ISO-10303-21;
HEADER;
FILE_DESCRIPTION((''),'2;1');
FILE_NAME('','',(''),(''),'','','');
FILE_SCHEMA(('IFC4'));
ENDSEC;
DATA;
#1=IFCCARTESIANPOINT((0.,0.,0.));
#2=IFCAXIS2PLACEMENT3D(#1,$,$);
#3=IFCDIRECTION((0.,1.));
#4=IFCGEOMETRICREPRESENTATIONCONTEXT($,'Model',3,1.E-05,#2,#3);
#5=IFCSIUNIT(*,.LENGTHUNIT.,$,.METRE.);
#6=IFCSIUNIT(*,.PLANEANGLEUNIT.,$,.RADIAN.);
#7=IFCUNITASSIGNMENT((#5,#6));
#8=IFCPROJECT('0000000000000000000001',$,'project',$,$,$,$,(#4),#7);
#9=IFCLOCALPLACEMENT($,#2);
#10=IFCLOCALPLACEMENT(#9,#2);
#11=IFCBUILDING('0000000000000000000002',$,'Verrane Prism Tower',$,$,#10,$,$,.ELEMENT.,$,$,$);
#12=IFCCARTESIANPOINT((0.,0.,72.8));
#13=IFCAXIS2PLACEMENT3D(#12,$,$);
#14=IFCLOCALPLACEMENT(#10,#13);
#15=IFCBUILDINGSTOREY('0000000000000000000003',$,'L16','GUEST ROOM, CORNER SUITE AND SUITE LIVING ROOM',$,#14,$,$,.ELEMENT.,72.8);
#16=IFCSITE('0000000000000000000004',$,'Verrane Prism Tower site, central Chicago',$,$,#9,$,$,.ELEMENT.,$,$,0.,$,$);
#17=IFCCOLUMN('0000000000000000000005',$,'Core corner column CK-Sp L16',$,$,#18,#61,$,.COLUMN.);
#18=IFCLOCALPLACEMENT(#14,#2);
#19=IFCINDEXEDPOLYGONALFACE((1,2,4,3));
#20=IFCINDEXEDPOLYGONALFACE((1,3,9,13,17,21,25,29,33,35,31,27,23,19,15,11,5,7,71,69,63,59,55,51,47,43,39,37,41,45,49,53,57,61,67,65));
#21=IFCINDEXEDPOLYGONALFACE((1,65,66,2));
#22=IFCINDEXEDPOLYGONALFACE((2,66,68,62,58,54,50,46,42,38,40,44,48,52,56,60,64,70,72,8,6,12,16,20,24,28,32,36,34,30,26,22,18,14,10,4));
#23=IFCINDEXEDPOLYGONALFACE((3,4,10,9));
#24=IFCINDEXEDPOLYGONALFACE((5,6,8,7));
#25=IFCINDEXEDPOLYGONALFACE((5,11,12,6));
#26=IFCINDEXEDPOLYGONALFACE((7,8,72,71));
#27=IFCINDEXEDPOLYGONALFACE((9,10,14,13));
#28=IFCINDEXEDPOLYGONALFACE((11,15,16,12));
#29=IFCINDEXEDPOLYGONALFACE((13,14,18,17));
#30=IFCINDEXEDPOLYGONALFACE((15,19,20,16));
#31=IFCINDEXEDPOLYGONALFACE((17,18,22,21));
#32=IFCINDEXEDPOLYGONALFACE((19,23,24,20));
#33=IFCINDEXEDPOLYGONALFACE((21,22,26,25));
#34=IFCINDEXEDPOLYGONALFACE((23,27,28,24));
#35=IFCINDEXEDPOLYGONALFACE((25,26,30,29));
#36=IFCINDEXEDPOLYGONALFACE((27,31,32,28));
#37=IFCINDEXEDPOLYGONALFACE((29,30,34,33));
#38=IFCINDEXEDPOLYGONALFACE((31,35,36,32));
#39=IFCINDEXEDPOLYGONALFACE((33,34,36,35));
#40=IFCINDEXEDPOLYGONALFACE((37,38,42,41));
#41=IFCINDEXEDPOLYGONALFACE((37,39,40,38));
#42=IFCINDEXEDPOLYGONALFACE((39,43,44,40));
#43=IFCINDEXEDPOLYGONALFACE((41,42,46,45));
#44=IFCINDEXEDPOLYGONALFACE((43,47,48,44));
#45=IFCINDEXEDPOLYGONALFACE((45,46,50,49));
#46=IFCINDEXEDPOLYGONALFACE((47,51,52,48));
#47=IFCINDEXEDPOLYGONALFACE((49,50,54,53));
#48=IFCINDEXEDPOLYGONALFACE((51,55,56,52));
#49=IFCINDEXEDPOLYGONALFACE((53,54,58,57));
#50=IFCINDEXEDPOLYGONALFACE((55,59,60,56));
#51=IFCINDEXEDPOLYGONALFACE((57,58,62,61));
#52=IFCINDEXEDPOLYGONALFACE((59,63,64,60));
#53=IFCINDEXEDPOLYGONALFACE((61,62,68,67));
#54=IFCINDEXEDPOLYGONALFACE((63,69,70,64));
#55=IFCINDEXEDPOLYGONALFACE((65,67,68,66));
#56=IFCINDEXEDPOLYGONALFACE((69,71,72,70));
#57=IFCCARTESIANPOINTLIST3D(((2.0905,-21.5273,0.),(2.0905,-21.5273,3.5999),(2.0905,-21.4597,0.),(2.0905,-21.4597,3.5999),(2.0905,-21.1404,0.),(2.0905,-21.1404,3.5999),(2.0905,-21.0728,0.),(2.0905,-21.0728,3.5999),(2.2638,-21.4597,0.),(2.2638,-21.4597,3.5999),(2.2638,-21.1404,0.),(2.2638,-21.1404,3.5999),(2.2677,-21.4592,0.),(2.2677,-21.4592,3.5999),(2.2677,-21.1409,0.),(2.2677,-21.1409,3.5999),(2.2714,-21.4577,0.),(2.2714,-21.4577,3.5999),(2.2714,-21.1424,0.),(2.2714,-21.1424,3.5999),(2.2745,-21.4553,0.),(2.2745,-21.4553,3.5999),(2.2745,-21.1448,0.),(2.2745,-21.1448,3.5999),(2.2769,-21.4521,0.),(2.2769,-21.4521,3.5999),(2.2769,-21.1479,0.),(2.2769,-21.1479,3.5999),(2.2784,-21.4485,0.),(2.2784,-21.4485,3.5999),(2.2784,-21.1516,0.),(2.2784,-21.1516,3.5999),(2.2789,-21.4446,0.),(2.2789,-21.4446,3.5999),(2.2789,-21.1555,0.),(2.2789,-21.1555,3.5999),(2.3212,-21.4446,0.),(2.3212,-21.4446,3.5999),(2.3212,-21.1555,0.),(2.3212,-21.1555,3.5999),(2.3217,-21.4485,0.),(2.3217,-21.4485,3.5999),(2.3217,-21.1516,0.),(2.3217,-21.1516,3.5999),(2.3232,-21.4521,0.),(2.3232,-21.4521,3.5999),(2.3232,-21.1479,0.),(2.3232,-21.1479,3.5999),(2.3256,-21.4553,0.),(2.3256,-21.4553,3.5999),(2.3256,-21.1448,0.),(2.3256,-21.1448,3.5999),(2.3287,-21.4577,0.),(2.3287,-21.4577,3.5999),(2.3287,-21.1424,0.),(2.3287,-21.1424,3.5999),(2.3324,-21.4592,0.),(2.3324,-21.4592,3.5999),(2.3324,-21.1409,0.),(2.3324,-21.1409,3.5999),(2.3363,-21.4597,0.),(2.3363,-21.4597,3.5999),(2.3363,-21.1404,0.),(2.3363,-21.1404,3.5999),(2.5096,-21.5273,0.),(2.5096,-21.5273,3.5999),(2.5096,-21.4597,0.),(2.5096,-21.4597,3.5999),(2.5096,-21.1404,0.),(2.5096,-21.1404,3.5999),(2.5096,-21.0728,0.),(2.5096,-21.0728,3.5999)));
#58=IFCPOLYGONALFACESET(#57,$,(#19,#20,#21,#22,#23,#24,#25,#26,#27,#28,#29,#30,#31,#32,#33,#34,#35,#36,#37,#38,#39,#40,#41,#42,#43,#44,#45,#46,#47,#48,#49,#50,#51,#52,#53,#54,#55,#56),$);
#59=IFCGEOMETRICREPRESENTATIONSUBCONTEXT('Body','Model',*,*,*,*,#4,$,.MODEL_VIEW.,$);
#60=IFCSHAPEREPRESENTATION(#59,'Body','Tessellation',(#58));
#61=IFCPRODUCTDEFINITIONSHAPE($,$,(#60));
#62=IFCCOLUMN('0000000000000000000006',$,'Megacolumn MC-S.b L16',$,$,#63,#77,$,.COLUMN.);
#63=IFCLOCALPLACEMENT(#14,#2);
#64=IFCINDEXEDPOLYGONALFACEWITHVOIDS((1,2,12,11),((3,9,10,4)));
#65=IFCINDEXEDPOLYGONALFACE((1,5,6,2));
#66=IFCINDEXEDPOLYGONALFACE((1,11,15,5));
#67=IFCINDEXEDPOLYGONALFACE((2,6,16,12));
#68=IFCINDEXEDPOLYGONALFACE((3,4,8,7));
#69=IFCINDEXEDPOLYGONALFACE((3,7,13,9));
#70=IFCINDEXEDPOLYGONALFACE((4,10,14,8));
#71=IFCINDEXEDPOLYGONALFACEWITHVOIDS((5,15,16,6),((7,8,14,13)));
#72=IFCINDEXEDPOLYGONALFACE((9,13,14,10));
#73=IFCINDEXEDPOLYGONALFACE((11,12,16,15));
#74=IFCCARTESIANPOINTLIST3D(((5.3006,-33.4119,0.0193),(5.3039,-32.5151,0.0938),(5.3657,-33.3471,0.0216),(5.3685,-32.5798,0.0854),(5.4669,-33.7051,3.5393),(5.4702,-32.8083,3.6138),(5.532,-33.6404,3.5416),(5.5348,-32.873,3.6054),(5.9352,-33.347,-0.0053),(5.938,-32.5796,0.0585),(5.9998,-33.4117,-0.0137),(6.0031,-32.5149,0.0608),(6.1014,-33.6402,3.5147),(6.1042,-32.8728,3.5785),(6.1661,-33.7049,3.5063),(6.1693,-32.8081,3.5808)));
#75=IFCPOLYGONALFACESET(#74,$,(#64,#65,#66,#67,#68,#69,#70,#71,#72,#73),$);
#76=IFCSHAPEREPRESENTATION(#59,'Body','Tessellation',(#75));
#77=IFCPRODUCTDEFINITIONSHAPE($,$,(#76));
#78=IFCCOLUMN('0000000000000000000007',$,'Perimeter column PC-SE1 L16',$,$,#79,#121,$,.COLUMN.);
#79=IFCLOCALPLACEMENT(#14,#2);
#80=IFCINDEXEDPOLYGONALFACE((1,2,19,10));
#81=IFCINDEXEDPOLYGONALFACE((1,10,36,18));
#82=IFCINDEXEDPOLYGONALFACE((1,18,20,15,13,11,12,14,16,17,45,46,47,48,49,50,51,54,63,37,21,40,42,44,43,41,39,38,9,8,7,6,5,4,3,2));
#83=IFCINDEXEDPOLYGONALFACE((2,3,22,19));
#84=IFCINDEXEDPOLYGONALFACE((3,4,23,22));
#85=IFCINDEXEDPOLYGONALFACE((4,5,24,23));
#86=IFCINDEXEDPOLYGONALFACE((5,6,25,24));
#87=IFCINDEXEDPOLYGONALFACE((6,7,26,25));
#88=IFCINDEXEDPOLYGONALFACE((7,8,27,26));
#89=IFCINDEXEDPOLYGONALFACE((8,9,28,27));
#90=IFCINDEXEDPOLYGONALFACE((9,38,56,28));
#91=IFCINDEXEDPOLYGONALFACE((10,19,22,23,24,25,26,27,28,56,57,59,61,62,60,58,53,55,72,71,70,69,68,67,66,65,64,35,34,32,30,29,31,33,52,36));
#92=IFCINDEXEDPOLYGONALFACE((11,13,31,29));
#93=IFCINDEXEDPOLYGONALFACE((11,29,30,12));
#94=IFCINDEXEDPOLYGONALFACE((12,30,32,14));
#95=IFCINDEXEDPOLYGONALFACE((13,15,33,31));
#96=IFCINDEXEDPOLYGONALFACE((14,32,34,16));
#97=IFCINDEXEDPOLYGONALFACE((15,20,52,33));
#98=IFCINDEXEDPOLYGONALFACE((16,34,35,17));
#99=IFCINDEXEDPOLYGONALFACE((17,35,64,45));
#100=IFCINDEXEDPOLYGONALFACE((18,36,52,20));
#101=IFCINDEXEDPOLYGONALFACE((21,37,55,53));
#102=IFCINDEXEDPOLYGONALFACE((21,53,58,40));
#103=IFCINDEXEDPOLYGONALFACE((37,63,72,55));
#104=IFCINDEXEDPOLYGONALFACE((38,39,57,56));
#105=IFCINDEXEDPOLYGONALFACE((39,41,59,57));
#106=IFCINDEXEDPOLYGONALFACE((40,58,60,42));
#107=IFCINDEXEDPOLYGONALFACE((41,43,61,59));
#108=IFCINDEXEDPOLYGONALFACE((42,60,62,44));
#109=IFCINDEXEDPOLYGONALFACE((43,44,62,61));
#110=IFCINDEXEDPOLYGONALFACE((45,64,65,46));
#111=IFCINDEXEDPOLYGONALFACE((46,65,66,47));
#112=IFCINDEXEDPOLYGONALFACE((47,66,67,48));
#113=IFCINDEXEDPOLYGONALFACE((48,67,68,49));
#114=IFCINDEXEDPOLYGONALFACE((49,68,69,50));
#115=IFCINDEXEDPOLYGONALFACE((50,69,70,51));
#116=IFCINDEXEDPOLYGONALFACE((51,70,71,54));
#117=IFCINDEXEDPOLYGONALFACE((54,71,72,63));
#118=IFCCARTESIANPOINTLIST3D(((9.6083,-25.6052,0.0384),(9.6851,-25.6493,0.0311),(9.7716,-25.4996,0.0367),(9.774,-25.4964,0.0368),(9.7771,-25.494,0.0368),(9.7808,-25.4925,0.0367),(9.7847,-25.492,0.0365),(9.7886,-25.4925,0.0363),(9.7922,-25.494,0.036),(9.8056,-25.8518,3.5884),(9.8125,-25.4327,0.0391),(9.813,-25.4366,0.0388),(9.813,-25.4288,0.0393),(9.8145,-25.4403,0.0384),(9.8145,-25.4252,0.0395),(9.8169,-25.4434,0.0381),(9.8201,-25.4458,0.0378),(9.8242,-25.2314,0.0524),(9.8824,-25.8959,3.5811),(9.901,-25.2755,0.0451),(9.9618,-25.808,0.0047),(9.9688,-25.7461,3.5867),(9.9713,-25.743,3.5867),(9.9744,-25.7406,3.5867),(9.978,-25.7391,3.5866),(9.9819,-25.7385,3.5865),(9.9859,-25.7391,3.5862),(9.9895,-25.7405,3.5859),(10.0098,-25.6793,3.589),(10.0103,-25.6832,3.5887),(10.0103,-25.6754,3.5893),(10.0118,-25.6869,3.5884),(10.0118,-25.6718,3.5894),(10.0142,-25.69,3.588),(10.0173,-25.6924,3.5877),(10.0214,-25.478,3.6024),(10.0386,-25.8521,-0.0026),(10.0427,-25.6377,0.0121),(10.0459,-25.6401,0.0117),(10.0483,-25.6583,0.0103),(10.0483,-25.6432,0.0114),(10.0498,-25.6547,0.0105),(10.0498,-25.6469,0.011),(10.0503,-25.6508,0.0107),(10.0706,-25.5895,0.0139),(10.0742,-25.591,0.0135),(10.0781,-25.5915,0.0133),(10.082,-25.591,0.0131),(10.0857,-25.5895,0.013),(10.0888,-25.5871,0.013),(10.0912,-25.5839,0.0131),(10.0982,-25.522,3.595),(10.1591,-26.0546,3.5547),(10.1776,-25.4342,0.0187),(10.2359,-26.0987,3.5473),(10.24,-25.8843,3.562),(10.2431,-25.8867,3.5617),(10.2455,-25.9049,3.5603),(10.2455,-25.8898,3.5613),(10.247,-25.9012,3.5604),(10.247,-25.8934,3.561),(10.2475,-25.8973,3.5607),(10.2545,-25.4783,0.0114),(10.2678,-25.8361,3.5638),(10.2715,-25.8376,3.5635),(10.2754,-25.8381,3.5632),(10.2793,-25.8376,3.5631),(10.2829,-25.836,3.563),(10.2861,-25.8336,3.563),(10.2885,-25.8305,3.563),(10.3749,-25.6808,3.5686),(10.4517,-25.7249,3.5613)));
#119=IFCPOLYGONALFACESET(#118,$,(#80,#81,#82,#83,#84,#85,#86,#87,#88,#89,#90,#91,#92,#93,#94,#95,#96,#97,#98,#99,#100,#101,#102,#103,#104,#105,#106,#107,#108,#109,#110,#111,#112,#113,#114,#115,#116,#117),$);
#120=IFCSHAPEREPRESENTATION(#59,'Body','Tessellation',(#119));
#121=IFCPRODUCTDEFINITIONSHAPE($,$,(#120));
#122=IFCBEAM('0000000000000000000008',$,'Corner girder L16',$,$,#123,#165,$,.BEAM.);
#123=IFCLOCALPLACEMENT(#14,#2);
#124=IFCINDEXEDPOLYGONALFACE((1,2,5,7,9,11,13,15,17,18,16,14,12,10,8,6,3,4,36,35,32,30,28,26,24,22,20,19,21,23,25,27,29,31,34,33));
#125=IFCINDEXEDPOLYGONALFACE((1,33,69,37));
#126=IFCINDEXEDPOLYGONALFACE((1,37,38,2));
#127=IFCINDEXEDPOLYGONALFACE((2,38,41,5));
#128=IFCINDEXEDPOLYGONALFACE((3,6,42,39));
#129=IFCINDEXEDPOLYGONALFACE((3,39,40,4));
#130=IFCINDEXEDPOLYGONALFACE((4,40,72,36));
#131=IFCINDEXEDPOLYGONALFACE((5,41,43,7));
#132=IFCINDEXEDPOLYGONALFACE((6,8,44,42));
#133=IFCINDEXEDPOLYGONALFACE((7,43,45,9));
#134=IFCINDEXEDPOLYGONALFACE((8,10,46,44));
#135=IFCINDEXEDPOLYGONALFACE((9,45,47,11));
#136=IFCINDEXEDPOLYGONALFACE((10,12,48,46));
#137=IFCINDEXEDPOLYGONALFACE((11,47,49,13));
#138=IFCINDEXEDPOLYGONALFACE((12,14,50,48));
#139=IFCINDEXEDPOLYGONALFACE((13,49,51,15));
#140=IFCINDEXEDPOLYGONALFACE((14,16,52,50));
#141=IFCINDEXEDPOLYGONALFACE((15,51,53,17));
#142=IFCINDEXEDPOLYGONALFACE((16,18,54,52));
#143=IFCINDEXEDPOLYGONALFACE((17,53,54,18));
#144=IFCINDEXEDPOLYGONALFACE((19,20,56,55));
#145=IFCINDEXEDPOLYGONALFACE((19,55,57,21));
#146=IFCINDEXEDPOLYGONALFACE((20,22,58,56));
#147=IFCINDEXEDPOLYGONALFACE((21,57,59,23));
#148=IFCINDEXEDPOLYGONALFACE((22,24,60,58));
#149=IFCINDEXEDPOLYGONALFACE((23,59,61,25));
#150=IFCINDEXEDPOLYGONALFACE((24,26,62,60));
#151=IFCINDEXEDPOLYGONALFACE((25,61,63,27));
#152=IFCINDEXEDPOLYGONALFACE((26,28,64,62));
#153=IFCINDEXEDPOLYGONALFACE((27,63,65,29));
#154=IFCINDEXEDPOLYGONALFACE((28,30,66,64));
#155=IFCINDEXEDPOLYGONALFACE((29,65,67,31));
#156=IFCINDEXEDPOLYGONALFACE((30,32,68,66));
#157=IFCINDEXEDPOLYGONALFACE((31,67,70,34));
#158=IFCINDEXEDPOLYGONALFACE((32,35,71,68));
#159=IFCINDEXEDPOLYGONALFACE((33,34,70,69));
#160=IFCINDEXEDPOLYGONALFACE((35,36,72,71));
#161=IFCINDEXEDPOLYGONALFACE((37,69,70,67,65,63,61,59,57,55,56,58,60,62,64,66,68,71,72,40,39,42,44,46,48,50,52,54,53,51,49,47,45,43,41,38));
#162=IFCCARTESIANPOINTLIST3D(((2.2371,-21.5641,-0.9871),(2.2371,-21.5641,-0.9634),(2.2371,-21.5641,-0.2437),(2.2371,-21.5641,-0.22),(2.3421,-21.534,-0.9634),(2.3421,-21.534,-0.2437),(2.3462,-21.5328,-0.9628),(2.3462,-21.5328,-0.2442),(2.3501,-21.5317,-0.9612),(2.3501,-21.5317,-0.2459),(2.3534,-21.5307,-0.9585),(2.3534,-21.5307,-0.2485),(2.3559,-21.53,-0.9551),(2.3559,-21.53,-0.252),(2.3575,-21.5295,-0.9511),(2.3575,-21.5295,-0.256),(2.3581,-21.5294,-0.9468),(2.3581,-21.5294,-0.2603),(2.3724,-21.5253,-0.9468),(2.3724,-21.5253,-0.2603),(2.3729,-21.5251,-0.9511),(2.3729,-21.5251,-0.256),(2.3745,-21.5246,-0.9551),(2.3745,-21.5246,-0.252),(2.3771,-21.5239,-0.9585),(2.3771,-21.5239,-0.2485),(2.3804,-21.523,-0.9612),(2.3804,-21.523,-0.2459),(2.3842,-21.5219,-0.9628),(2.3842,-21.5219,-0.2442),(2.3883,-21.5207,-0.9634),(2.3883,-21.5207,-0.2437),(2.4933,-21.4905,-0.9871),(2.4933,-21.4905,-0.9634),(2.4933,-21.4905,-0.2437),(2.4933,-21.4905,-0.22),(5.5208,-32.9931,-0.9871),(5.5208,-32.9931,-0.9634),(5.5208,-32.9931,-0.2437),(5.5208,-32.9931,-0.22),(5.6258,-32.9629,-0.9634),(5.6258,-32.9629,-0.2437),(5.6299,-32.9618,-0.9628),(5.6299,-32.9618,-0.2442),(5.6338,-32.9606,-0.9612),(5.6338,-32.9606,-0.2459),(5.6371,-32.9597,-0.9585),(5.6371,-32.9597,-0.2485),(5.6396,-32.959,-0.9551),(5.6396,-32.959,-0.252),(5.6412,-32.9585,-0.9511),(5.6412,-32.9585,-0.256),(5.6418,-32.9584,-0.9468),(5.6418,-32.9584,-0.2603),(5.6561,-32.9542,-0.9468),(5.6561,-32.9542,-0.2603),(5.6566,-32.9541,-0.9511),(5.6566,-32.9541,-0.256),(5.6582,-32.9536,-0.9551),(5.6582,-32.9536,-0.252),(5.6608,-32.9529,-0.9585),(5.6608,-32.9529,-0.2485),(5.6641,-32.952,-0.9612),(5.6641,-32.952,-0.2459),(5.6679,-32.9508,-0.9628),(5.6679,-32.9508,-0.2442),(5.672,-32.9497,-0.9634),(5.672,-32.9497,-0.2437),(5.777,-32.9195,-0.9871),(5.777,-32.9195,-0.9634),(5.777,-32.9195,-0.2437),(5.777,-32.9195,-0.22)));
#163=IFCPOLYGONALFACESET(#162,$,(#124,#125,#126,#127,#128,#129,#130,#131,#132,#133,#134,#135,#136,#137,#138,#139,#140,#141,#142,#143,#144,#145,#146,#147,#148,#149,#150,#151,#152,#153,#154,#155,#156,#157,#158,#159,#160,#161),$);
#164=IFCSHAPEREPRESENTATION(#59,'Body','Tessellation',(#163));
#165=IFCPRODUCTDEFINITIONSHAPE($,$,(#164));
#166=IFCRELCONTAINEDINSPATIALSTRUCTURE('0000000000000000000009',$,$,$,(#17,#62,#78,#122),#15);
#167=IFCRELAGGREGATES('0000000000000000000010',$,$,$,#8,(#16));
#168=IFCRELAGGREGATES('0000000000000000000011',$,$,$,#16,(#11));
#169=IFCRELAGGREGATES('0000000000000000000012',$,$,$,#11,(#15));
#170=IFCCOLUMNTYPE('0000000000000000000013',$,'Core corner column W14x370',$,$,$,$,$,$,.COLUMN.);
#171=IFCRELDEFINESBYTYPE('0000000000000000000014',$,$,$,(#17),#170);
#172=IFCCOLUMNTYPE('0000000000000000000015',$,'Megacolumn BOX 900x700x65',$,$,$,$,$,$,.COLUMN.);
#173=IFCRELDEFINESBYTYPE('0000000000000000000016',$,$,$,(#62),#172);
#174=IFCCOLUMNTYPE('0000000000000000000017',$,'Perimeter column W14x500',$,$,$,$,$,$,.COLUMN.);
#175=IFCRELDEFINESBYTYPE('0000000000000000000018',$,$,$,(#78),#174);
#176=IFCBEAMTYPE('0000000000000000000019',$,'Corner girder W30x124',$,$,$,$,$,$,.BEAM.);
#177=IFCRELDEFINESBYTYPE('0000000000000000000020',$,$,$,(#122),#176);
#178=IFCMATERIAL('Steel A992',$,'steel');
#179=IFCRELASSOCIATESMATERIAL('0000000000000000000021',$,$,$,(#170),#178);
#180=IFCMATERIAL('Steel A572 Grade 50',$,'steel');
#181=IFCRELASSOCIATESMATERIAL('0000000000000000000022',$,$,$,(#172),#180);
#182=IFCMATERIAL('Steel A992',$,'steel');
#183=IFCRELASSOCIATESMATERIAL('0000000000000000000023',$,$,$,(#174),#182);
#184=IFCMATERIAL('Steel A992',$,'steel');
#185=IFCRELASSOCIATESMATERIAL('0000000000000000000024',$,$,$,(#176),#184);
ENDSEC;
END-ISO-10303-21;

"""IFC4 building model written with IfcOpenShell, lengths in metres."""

from ifc_helpers import new_model, si_unit, direction, frame, origin, origin_2d, place, context, subcontext, project, spatial, hollow_rectangle, i_section, extrude, material, material_profile, profile_set, type_object, element, save


model = new_model("IFC4")

# Units and contexts
model_context = context("Model", 3, precision=1e-05, world=origin(), true_north=direction((0.0, 1.0)))
body_context = subcontext(model_context, "Body", "Model", "MODEL_VIEW")
ifc_project = project(units=[si_unit("LENGTHUNIT", "METRE"), si_unit("PLANEANGLEUNIT", "RADIAN")], contexts=[model_context])

# Site, building, storey
site_placement = place(None, origin())
site = spatial("IfcSite", under=ifc_project, at=site_placement, Name="Verrane Prism Tower site, central Chicago", CompositionType="ELEMENT", RefElevation=0.0)
building_placement = place(site_placement, origin())
building = spatial("IfcBuilding", under=site, at=building_placement, Name="Verrane Prism Tower", CompositionType="ELEMENT")
storey_placement = place(building_placement, frame((0.0, 0.0, 72.8)))
storey = spatial("IfcBuildingStorey", under=building, at=storey_placement, Name="L16", Description="GUEST ROOM, CORNER SUITE AND SUITE LIVING ROOM", CompositionType="ELEMENT", Elevation=72.8)

# Columns
ifc_material_1 = material(Name="Steel A992", Category="steel")
ifc_material_profile_1 = material_profile(ifc_material_1, i_section(OverallWidth=0.4192, OverallDepth=0.4546, WebThickness=0.0422, FlangeThickness=0.0676, FilletRadius=0.0151, at=origin_2d()), Name="W14x370")
ifc_profile_set_1 = profile_set([ifc_material_profile_1], Name="Steel A992")
column_type_1 = type_object("IfcColumnType", Name="Core corner column W14x370", PredefinedType="COLUMN", material=ifc_profile_set_1)
column_1_placement = place(storey_placement, frame((2.3, -21.3, 0.0), z_axis=(0.0, 0.0, 1.0), x_axis=(-1.0, 0.0, 0.0)))
element("IfcColumn", 1, at=column_1_placement, inside=storey, type_object=column_type_1, Name="Core corner column CK-Sp L16", PredefinedType="COLUMN", context=body_context, shape_type="SweptSolid", body=[
    extrude(i_section(OverallWidth=0.4192, OverallDepth=0.4546, WebThickness=0.0422, FlangeThickness=0.0676, FilletRadius=0.0151, at=origin_2d()), origin(), (0.0, 0.0, 1.0), 3.5999),
])
ifc_material_2 = material(Name="Steel A572 Grade 50", Category="steel")
ifc_material_profile_2 = material_profile(ifc_material_2, hollow_rectangle(XDim=0.7, YDim=0.8999, WallThickness=0.0649, at=origin_2d()), Name="BOX 900x700x65")
ifc_profile_set_2 = profile_set([ifc_material_profile_2], Name="Steel A572 Grade 50")
column_type_2 = type_object("IfcColumnType", Name="Megacolumn BOX 900x700x65", PredefinedType="COLUMN", material=ifc_profile_set_2)
column_2_placement = place(storey_placement, frame((5.6519, -32.9634, 0.04), z_axis=(0.047018, -0.082919, 0.995446), x_axis=(-0.998887, -0.000272, 0.047157)))
element("IfcColumn", 2, at=column_2_placement, inside=storey, type_object=column_type_2, Name="Megacolumn MC-S.b L16", PredefinedType="COLUMN", context=body_context, shape_type="SweptSolid", body=[
    extrude(hollow_rectangle(XDim=0.7, YDim=0.8999, WallThickness=0.0649, at=origin_2d()), origin(), (0.0, 0.0, 1.0), 3.5361),
])
ifc_material_3 = material(Name="Steel A992", Category="steel")
ifc_material_profile_3 = material_profile(ifc_material_3, i_section(OverallWidth=0.4319, OverallDepth=0.4978, WebThickness=0.0557, FlangeThickness=0.0889, FilletRadius=0.0151, at=origin_2d()), Name="W14x500")
ifc_profile_set_3 = profile_set([ifc_material_profile_3], Name="Steel A992")
column_type_3 = type_object("IfcColumnType", Name="Perimeter column W14x500", PredefinedType="COLUMN", material=ifc_profile_set_3)
column_3_placement = place(storey_placement, frame((9.9314, -25.5417, 0.0249), z_axis=(0.055348, -0.069186, 0.996067), x_axis=(-0.499739, -0.865572, -0.032353)))
element("IfcColumn", 3, at=column_3_placement, inside=storey, type_object=column_type_3, Name="Perimeter column PC-SE1 L16", PredefinedType="COLUMN", context=body_context, shape_type="SweptSolid", body=[
    extrude(i_section(OverallWidth=0.4319, OverallDepth=0.4978, WebThickness=0.0557, FlangeThickness=0.0889, FilletRadius=0.0151, at=origin_2d()), origin(), (0.0, 0.0, 1.0), 3.564),
])

# Beam
ifc_material_4 = material(Name="Steel A992", Category="steel")
ifc_material_profile_4 = material_profile(ifc_material_4, i_section(OverallWidth=0.2666, OverallDepth=0.7671, WebThickness=0.0149, FlangeThickness=0.0237, FilletRadius=0.0166, at=origin_2d()), Name="W30x124")
ifc_profile_set_4 = profile_set([ifc_material_profile_4], Name="Steel A992")
beam_type_1 = type_object("IfcBeamType", Name="Corner girder W30x124", PredefinedType="BEAM", material=ifc_profile_set_4)
beam_1_placement = place(storey_placement, frame((5.6489, -32.9563, -0.6035), z_axis=(-0.276142, 0.961117, 0.0), x_axis=(-0.961117, -0.276142, 0.0)))
element("IfcBeam", 4, at=beam_1_placement, inside=storey, type_object=beam_type_1, Name="Corner girder L16", PredefinedType="BEAM", context=body_context, shape_type="SweptSolid", body=[
    extrude(i_section(OverallWidth=0.2666, OverallDepth=0.7671, WebThickness=0.0149, FlangeThickness=0.0237, FilletRadius=0.0166, at=origin_2d()), origin(), (0.0, 0.0, 1.0), 11.8914),
])

save(model, "model.ifc")
